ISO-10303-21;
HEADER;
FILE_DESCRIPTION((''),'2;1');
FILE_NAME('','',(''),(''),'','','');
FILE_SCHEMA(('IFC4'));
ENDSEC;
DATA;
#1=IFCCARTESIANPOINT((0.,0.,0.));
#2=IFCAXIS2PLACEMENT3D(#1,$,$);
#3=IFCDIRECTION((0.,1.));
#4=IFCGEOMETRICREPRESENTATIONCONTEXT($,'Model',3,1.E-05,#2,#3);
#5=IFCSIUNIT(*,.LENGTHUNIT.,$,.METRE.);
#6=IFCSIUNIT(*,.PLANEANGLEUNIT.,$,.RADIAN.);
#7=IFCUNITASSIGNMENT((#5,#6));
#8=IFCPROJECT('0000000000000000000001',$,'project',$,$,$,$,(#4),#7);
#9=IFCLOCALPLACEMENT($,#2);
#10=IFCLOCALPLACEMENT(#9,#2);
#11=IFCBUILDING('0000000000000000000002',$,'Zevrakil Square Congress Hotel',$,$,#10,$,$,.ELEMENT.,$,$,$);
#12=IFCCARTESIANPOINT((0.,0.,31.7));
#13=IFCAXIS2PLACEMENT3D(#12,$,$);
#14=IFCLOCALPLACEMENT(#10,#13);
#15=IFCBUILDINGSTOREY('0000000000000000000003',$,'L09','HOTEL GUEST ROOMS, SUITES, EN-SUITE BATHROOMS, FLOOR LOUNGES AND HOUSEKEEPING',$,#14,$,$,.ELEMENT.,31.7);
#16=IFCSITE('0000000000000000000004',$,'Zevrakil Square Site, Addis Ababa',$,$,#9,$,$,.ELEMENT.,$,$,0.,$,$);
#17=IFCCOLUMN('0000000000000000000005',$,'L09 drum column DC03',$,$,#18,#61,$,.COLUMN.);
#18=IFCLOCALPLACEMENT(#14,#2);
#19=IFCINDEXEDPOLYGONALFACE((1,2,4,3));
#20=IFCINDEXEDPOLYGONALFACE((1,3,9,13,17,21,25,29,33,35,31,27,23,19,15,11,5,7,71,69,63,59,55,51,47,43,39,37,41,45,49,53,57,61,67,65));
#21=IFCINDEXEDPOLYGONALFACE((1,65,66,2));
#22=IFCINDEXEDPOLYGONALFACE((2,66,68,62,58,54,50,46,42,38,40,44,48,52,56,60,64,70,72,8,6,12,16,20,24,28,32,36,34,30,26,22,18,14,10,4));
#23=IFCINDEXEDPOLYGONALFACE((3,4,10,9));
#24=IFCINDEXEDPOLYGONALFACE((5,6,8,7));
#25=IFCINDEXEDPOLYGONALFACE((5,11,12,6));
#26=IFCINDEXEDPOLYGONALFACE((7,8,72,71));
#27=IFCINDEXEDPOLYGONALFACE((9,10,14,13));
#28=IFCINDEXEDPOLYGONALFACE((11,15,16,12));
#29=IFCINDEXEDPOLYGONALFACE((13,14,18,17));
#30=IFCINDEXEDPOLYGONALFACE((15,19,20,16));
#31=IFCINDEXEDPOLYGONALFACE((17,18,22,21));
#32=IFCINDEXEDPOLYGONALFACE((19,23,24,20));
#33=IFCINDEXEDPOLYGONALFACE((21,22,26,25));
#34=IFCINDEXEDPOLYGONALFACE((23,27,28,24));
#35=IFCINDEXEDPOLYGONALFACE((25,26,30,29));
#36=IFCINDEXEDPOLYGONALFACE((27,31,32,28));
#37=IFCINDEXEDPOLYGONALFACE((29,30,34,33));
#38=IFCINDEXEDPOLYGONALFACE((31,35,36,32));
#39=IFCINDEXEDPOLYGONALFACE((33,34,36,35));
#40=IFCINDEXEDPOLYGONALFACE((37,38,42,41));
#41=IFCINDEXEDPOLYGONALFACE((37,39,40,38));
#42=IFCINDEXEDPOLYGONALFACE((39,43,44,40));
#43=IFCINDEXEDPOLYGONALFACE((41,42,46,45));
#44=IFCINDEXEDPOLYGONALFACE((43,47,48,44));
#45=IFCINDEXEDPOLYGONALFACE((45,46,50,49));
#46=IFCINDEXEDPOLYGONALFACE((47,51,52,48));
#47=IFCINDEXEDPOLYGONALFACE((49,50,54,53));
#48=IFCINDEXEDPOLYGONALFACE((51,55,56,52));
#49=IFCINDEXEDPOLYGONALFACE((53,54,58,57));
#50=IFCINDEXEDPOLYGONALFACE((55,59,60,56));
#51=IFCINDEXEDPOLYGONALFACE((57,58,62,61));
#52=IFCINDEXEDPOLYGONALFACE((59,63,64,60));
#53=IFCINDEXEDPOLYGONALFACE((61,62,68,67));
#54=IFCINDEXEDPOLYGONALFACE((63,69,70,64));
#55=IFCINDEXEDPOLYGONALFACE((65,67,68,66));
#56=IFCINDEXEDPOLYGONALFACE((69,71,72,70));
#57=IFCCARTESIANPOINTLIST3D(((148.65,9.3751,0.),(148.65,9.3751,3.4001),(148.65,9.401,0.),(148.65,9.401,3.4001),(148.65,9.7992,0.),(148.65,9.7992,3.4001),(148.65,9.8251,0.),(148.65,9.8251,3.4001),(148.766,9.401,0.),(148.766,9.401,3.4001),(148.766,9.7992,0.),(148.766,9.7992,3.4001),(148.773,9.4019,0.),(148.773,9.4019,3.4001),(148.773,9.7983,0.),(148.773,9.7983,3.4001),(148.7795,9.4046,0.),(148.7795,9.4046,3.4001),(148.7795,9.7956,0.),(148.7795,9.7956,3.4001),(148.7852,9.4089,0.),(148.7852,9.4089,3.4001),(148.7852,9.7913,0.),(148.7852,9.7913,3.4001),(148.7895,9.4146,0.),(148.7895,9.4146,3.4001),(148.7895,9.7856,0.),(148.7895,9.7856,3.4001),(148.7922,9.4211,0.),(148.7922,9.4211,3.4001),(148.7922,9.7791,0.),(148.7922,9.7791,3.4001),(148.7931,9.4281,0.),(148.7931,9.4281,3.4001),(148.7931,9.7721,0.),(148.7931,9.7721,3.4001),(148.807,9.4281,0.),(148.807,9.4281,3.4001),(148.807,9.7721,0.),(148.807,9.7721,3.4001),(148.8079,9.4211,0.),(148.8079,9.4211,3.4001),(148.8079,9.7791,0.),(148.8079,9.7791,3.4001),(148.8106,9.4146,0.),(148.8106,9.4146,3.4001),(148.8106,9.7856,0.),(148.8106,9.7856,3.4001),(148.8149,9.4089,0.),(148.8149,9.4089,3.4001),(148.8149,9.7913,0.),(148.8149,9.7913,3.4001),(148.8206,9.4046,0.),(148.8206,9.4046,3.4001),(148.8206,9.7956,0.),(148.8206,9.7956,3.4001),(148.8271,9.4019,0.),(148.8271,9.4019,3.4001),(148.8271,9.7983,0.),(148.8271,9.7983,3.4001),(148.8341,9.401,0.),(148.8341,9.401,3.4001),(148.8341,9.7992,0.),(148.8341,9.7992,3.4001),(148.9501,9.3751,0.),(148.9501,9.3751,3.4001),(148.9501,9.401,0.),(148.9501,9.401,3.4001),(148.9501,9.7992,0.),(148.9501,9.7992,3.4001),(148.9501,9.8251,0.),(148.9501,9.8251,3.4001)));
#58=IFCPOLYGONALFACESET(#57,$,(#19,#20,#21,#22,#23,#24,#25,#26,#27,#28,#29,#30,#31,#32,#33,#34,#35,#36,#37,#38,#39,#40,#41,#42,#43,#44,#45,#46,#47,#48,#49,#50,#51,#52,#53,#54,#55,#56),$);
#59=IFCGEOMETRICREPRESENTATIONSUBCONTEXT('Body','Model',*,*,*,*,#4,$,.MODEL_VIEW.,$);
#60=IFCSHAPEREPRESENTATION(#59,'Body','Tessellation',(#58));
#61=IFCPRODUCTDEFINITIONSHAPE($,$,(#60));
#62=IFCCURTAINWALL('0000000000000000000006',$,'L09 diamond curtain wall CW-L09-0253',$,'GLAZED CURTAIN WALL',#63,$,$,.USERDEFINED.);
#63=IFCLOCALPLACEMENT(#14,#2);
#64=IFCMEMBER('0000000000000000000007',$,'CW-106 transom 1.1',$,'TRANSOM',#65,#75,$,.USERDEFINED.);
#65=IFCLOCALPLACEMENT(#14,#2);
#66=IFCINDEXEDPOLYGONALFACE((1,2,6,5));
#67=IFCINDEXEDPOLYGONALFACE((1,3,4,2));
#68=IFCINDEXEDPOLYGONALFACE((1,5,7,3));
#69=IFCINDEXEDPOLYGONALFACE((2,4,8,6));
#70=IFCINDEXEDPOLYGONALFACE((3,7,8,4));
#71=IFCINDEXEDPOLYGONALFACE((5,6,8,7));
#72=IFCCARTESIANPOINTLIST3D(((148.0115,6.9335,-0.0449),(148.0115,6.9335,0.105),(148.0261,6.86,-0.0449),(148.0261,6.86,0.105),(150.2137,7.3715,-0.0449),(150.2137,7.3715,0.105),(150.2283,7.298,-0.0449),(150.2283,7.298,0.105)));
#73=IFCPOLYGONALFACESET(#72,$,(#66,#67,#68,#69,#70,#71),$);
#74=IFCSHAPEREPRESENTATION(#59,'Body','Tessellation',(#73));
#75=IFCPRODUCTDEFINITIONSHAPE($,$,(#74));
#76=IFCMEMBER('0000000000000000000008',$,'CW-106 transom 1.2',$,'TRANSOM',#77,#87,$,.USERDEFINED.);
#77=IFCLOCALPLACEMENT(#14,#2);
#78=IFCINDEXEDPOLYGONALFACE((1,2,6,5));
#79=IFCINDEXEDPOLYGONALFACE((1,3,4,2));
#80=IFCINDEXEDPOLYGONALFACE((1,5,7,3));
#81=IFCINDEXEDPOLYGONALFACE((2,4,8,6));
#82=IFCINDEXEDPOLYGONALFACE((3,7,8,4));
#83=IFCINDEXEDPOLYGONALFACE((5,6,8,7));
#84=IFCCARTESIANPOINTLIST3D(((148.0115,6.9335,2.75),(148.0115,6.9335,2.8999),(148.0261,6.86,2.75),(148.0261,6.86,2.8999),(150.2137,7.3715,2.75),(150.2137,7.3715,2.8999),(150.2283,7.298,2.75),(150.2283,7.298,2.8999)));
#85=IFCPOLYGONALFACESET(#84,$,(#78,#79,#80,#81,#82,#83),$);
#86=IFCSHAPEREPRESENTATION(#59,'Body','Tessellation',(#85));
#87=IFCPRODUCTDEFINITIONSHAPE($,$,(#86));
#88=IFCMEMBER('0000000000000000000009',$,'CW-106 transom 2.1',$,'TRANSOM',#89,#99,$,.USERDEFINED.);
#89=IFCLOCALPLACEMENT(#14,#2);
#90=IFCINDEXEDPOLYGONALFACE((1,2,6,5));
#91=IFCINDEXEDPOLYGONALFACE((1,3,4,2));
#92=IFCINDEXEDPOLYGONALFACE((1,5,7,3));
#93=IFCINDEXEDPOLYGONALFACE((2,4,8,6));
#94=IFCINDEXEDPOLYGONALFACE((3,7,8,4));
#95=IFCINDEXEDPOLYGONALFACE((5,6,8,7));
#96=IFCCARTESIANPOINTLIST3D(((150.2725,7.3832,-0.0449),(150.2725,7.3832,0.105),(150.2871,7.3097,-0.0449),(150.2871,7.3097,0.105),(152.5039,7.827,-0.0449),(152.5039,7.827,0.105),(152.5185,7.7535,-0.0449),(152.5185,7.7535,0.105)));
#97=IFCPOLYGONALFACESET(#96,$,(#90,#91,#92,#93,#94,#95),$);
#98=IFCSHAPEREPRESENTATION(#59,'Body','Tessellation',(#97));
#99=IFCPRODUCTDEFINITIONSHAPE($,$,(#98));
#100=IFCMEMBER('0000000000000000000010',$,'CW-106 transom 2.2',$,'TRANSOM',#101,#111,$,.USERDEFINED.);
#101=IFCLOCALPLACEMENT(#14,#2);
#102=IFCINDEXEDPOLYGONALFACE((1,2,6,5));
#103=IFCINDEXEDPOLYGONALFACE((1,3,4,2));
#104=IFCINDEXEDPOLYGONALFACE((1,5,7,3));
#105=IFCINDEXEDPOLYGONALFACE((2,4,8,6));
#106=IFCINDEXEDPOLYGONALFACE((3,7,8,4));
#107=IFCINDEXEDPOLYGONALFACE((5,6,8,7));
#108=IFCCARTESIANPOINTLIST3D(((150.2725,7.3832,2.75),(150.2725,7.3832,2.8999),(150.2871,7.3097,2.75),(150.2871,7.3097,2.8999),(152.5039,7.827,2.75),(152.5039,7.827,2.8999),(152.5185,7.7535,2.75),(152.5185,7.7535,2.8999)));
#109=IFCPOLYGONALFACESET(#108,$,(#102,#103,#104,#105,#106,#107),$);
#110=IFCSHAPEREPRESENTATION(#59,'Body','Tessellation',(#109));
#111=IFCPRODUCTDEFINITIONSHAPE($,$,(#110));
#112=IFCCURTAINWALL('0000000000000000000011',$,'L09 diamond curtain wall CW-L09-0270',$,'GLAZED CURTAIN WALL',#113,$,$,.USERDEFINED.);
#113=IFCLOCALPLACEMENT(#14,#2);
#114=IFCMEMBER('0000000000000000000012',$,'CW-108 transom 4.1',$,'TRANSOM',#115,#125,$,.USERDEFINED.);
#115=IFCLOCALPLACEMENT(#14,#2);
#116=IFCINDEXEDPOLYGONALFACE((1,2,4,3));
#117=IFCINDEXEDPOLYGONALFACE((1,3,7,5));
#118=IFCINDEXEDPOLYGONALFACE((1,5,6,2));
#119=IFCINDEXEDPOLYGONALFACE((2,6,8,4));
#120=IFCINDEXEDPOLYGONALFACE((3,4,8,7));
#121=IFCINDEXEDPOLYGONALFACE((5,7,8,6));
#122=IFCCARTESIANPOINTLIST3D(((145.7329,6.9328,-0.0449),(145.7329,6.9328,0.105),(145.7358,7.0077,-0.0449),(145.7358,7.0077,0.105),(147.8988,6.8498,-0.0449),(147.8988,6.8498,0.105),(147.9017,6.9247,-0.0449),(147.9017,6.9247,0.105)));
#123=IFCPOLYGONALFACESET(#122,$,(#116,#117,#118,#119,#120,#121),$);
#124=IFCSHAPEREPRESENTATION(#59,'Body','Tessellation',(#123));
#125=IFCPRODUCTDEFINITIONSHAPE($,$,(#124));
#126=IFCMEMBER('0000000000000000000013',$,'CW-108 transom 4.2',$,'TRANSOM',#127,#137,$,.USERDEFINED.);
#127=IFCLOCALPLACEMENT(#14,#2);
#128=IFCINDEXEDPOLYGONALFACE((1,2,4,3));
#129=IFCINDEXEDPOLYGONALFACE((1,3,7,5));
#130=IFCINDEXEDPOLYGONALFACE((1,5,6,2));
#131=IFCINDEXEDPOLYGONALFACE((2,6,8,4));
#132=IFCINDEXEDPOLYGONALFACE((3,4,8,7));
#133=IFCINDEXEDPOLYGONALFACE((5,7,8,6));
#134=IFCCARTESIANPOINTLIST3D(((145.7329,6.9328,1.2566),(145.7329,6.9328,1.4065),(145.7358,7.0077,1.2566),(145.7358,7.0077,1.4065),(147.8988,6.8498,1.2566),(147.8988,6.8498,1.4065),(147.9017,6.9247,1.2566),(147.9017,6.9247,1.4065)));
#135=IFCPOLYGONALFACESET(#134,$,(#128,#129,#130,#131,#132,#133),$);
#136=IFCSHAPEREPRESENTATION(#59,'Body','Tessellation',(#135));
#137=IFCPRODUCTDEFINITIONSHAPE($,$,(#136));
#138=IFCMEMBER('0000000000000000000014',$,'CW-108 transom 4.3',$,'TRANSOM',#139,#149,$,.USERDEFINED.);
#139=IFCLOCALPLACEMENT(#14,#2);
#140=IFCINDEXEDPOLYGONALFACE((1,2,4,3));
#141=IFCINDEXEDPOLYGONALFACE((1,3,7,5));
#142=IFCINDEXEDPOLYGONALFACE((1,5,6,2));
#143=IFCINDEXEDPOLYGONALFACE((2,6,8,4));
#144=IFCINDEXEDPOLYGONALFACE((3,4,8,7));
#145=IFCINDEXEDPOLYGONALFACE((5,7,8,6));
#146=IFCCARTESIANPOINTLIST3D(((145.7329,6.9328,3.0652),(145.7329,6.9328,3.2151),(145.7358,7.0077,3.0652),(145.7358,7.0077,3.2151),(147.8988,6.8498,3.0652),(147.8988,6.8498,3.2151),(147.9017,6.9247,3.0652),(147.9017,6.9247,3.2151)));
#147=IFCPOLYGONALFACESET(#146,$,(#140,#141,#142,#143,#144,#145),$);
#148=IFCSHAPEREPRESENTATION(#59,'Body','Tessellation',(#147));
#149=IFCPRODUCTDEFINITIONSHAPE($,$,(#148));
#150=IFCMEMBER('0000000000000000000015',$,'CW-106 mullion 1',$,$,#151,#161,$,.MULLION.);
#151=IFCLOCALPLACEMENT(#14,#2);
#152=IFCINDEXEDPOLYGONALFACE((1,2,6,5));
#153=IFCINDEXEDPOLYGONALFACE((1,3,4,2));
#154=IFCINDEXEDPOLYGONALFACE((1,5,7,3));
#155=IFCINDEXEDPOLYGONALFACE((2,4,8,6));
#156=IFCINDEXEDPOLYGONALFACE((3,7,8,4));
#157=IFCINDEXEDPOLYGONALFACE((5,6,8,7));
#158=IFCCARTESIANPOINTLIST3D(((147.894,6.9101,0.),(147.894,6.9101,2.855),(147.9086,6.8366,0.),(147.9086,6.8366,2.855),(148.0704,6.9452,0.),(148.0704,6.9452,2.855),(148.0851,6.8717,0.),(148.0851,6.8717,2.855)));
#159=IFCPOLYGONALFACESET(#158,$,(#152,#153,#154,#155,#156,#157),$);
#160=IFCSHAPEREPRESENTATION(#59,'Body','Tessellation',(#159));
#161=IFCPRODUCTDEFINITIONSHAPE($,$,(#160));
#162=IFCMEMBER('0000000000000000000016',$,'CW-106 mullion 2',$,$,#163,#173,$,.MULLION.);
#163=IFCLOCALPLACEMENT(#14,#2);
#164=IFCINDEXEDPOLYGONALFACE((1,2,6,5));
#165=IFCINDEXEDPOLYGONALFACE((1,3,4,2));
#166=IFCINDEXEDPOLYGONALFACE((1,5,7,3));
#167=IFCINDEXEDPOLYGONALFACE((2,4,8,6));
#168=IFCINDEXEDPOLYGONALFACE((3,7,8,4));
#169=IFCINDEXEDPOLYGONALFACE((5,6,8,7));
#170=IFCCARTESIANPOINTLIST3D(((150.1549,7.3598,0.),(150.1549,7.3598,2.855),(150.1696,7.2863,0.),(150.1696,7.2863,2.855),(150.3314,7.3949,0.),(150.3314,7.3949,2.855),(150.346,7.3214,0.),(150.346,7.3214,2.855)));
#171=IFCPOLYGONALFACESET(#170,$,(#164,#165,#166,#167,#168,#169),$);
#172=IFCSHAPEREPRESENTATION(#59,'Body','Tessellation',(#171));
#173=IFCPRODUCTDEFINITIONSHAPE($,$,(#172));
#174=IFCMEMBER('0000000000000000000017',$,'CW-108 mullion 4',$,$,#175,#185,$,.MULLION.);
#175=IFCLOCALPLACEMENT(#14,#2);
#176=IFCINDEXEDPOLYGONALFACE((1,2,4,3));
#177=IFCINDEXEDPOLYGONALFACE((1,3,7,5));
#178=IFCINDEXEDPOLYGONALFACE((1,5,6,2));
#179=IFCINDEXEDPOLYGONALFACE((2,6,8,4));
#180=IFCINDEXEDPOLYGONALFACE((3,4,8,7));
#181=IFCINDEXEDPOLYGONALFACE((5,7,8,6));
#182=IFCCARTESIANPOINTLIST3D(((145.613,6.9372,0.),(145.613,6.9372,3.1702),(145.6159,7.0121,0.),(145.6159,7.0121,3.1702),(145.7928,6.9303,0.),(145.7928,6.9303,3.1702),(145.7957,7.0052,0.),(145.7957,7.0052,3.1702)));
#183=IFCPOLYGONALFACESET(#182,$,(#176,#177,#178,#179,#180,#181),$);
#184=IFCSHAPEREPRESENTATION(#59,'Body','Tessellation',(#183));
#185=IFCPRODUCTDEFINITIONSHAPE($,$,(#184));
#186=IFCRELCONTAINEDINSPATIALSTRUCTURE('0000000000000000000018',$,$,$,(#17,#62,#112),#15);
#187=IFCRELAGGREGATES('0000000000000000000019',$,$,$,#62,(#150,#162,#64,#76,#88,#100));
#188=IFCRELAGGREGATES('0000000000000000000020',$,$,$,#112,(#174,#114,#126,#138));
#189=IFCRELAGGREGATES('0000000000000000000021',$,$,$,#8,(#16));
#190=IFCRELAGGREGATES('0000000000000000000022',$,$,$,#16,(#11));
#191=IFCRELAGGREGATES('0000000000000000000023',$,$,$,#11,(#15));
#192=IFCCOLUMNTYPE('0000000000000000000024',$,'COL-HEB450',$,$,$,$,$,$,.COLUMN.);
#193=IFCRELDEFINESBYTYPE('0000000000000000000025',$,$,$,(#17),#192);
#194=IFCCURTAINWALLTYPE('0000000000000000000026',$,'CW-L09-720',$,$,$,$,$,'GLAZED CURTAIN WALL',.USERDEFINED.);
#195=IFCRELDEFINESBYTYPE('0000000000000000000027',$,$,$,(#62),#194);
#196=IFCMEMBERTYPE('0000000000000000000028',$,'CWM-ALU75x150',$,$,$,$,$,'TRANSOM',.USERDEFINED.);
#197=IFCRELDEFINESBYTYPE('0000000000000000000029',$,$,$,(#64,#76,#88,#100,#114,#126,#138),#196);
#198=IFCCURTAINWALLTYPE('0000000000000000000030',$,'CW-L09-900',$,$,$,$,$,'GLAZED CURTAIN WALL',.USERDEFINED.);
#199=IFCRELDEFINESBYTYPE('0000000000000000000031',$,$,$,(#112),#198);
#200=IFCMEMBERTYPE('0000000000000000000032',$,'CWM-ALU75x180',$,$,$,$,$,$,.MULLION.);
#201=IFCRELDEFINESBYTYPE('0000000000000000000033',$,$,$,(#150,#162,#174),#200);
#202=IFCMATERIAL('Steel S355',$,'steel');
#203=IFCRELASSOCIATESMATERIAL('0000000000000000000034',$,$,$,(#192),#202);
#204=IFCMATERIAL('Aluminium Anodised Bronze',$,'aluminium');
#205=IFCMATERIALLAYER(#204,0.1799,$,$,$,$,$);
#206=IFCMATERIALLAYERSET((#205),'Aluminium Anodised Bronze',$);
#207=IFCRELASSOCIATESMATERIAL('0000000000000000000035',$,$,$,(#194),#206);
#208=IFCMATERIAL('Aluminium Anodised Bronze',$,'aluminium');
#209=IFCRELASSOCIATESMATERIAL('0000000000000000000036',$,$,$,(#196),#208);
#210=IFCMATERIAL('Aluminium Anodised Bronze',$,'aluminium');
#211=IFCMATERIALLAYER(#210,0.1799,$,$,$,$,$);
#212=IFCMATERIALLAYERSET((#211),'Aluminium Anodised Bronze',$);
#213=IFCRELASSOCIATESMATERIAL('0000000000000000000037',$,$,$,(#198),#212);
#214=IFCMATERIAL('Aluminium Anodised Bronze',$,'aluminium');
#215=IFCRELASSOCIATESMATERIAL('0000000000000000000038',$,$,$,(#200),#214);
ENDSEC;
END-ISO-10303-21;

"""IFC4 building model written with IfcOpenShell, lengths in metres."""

from ifc_helpers import new_model, si_unit, direction, frame, origin, origin_2d, place, context, subcontext, project, spatial, rectangle, i_section, extrude, material, layer, layer_set, material_profile, profile_set, type_object, element, aggregate, save


model = new_model("IFC4")

# Units and contexts
model_context = context("Model", 3, precision=1e-05, world=origin(), true_north=direction((0.0, 1.0)))
body_context = subcontext(model_context, "Body", "Model", "MODEL_VIEW")
ifc_project = project(units=[si_unit("LENGTHUNIT", "METRE"), si_unit("PLANEANGLEUNIT", "RADIAN")], contexts=[model_context])

# Site, building, storey
site_placement = place(None, origin())
site = spatial("IfcSite", under=ifc_project, at=site_placement, Name="Zevrakil Square Site, Addis Ababa", CompositionType="ELEMENT", RefElevation=0.0)
building_placement = place(site_placement, origin())
building = spatial("IfcBuilding", under=site, at=building_placement, Name="Zevrakil Square Congress Hotel", CompositionType="ELEMENT")
storey_placement = place(building_placement, frame((0.0, 0.0, 31.7)))
storey = spatial("IfcBuildingStorey", under=building, at=storey_placement, Name="L09", Description="HOTEL GUEST ROOMS, SUITES, EN-SUITE BATHROOMS, FLOOR LOUNGES AND HOUSEKEEPING", CompositionType="ELEMENT", Elevation=31.7)

# Column
ifc_material_1 = material(Name="Steel S355", Category="steel")
ifc_material_profile_1 = material_profile(ifc_material_1, i_section(OverallWidth=0.3, OverallDepth=0.45, WebThickness=0.0139, FlangeThickness=0.0259, FilletRadius=0.0271, at=origin_2d()), Name="HEB 450")
ifc_profile_set_1 = profile_set([ifc_material_profile_1], Name="Steel S355")
column_type = type_object("IfcColumnType", Name="COL-HEB450", PredefinedType="COLUMN", material=ifc_profile_set_1)
column_placement = place(storey_placement, frame((148.8, 9.6001, 0.0), z_axis=(0.0, 0.0, 1.0), x_axis=(1.0, 0.0, 0.0)))
element("IfcColumn", 1, at=column_placement, inside=storey, type_object=column_type, Name="L09 drum column DC03", PredefinedType="COLUMN", context=body_context, shape_type="SweptSolid", body=[
    extrude(i_section(OverallWidth=0.3, OverallDepth=0.45, WebThickness=0.0139, FlangeThickness=0.0259, FilletRadius=0.0271, at=origin_2d()), origin(), (0.0, 0.0, 1.0), 3.4001),
])

# Curtain walls, members
ifc_material_2 = material(Name="Aluminium Anodised Bronze", Category="aluminium")
ifc_layer_1 = layer(ifc_material_2, 0.1799)
ifc_layer_set_1 = layer_set([ifc_layer_1], Name="Aluminium Anodised Bronze")
curtain_wall_type_1 = type_object("IfcCurtainWallType", Name="CW-L09-720", ElementType="GLAZED CURTAIN WALL", PredefinedType="USERDEFINED", material=ifc_layer_set_1)
curtain_wall_1_placement = place(storey_placement, origin())
curtain_wall_1 = element("IfcCurtainWall", 2, at=curtain_wall_1_placement, inside=storey, type_object=curtain_wall_type_1, Name="L09 diamond curtain wall CW-L09-0253", ObjectType="GLAZED CURTAIN WALL", PredefinedType="USERDEFINED")
ifc_material_3 = material(Name="Aluminium Anodised Bronze", Category="aluminium")
ifc_material_profile_2 = material_profile(ifc_material_3, rectangle(XDim=0.075, YDim=0.1499, at=origin_2d()), Name="ALU 75x150")
ifc_profile_set_2 = profile_set([ifc_material_profile_2], Name="Aluminium Anodised Bronze")
member_type_1 = type_object("IfcMemberType", Name="CWM-ALU75x150", ElementType="TRANSOM", PredefinedType="USERDEFINED", material=ifc_profile_set_2)
member_1_placement = place(storey_placement, frame((148.0188, 6.8967, 0.03), z_axis=(0.980789, 0.19507, 0.0), x_axis=(-0.19507, 0.980789, 0.0)))
member_1 = element("IfcMember", 3, at=member_1_placement, type_object=member_type_1, Name="CW-106 transom 1.1", ObjectType="TRANSOM", PredefinedType="USERDEFINED", context=body_context, shape_type="SweptSolid", body=[
    extrude(rectangle(XDim=0.075, YDim=0.1499, at=origin_2d()), origin(), (0.0, 0.0, 1.0), 2.2454),
])
member_2_placement = place(storey_placement, frame((148.0188, 6.8967, 2.825), z_axis=(0.980789, 0.19507, 0.0), x_axis=(-0.19507, 0.980789, 0.0)))
member_2 = element("IfcMember", 4, at=member_2_placement, type_object=member_type_1, Name="CW-106 transom 1.2", ObjectType="TRANSOM", PredefinedType="USERDEFINED", context=body_context, shape_type="SweptSolid", body=[
    extrude(rectangle(XDim=0.075, YDim=0.1499, at=origin_2d()), origin(), (0.0, 0.0, 1.0), 2.2454),
])
member_3_placement = place(storey_placement, frame((150.2798, 7.3464, 0.03), z_axis=(0.980786, 0.195084, 0.0), x_axis=(-0.195084, 0.980786, 0.0)))
member_3 = element("IfcMember", 5, at=member_3_placement, type_object=member_type_1, Name="CW-106 transom 2.1", ObjectType="TRANSOM", PredefinedType="USERDEFINED", context=body_context, shape_type="SweptSolid", body=[
    extrude(rectangle(XDim=0.075, YDim=0.1499, at=origin_2d()), origin(), (0.0, 0.0, 1.0), 2.2751),
])
member_4_placement = place(storey_placement, frame((150.2798, 7.3464, 2.825), z_axis=(0.980786, 0.195084, 0.0), x_axis=(-0.195084, 0.980786, 0.0)))
member_4 = element("IfcMember", 6, at=member_4_placement, type_object=member_type_1, Name="CW-106 transom 2.2", ObjectType="TRANSOM", PredefinedType="USERDEFINED", context=body_context, shape_type="SweptSolid", body=[
    extrude(rectangle(XDim=0.075, YDim=0.1499, at=origin_2d()), origin(), (0.0, 0.0, 1.0), 2.2751),
])
ifc_material_4 = material(Name="Aluminium Anodised Bronze", Category="aluminium")
ifc_layer_2 = layer(ifc_material_4, 0.1799)
ifc_layer_set_2 = layer_set([ifc_layer_2], Name="Aluminium Anodised Bronze")
curtain_wall_type_2 = type_object("IfcCurtainWallType", Name="CW-L09-900", ElementType="GLAZED CURTAIN WALL", PredefinedType="USERDEFINED", material=ifc_layer_set_2)
curtain_wall_2_placement = place(storey_placement, origin())
curtain_wall_2 = element("IfcCurtainWall", 7, at=curtain_wall_2_placement, inside=storey, type_object=curtain_wall_type_2, Name="L09 diamond curtain wall CW-L09-0270", ObjectType="GLAZED CURTAIN WALL", PredefinedType="USERDEFINED")
member_5_placement = place(storey_placement, frame((145.7344, 6.9702, 0.03), z_axis=(0.999266, -0.038299, 0.0), x_axis=(0.038299, 0.999266, 0.0)))
member_5 = element("IfcMember", 8, at=member_5_placement, type_object=member_type_1, Name="CW-108 transom 4.1", ObjectType="TRANSOM", PredefinedType="USERDEFINED", context=body_context, shape_type="SweptSolid", body=[
    extrude(rectangle(XDim=0.075, YDim=0.1499, at=origin_2d()), origin(), (0.0, 0.0, 1.0), 2.1675),
])
member_6_placement = place(storey_placement, frame((145.7344, 6.9702, 1.3315), z_axis=(0.999266, -0.038299, 0.0), x_axis=(0.038299, 0.999266, 0.0)))
member_6 = element("IfcMember", 9, at=member_6_placement, type_object=member_type_1, Name="CW-108 transom 4.2", ObjectType="TRANSOM", PredefinedType="USERDEFINED", context=body_context, shape_type="SweptSolid", body=[
    extrude(rectangle(XDim=0.075, YDim=0.1499, at=origin_2d()), origin(), (0.0, 0.0, 1.0), 2.1675),
])
member_7_placement = place(storey_placement, frame((145.7344, 6.9702, 3.1401), z_axis=(0.999266, -0.038299, 0.0), x_axis=(0.038299, 0.999266, 0.0)))
member_7 = element("IfcMember", 10, at=member_7_placement, type_object=member_type_1, Name="CW-108 transom 4.3", ObjectType="TRANSOM", PredefinedType="USERDEFINED", context=body_context, shape_type="SweptSolid", body=[
    extrude(rectangle(XDim=0.075, YDim=0.1499, at=origin_2d()), origin(), (0.0, 0.0, 1.0), 2.1675),
])

# Members
ifc_material_5 = material(Name="Aluminium Anodised Bronze", Category="aluminium")
ifc_material_profile_3 = material_profile(ifc_material_5, rectangle(XDim=0.075, YDim=0.1799, at=origin_2d()), Name="ALU 75x180")
ifc_profile_set_3 = profile_set([ifc_material_profile_3], Name="Aluminium Anodised Bronze")
member_type_2 = type_object("IfcMemberType", Name="CWM-ALU75x180", PredefinedType="MULLION", material=ifc_profile_set_3)
member_8_placement = place(storey_placement, frame((147.9895, 6.8909, 0.0), z_axis=(0.0, 0.0, 1.0), x_axis=(-0.195084, 0.980787, 0.0)))
member_8 = element("IfcMember", 11, at=member_8_placement, type_object=member_type_2, Name="CW-106 mullion 1", PredefinedType="MULLION", context=body_context, shape_type="SweptSolid", body=[
    extrude(rectangle(XDim=0.075, YDim=0.1799, at=origin_2d()), origin(), (0.0, 0.0, 1.0), 2.855),
])
member_9_placement = place(storey_placement, frame((150.2505, 7.3406, 0.0), z_axis=(0.0, 0.0, 1.0), x_axis=(-0.195084, 0.980787, 0.0)))
member_9 = element("IfcMember", 12, at=member_9_placement, type_object=member_type_2, Name="CW-106 mullion 2", PredefinedType="MULLION", context=body_context, shape_type="SweptSolid", body=[
    extrude(rectangle(XDim=0.075, YDim=0.1799, at=origin_2d()), origin(), (0.0, 0.0, 1.0), 2.855),
])
member_10_placement = place(storey_placement, frame((145.7043, 6.9712, 0.0), z_axis=(0.0, 0.0, 1.0), x_axis=(0.038209, 0.99927, 0.0)))
member_10 = element("IfcMember", 13, at=member_10_placement, type_object=member_type_2, Name="CW-108 mullion 4", PredefinedType="MULLION", context=body_context, shape_type="SweptSolid", body=[
    extrude(rectangle(XDim=0.075, YDim=0.1799, at=origin_2d()), origin(), (0.0, 0.0, 1.0), 3.1702),
])

aggregate(curtain_wall_1, [member_8, member_9, member_1, member_2, member_3, member_4])
aggregate(curtain_wall_2, [member_10, member_5, member_6, member_7])

save(model, "model.ifc")
